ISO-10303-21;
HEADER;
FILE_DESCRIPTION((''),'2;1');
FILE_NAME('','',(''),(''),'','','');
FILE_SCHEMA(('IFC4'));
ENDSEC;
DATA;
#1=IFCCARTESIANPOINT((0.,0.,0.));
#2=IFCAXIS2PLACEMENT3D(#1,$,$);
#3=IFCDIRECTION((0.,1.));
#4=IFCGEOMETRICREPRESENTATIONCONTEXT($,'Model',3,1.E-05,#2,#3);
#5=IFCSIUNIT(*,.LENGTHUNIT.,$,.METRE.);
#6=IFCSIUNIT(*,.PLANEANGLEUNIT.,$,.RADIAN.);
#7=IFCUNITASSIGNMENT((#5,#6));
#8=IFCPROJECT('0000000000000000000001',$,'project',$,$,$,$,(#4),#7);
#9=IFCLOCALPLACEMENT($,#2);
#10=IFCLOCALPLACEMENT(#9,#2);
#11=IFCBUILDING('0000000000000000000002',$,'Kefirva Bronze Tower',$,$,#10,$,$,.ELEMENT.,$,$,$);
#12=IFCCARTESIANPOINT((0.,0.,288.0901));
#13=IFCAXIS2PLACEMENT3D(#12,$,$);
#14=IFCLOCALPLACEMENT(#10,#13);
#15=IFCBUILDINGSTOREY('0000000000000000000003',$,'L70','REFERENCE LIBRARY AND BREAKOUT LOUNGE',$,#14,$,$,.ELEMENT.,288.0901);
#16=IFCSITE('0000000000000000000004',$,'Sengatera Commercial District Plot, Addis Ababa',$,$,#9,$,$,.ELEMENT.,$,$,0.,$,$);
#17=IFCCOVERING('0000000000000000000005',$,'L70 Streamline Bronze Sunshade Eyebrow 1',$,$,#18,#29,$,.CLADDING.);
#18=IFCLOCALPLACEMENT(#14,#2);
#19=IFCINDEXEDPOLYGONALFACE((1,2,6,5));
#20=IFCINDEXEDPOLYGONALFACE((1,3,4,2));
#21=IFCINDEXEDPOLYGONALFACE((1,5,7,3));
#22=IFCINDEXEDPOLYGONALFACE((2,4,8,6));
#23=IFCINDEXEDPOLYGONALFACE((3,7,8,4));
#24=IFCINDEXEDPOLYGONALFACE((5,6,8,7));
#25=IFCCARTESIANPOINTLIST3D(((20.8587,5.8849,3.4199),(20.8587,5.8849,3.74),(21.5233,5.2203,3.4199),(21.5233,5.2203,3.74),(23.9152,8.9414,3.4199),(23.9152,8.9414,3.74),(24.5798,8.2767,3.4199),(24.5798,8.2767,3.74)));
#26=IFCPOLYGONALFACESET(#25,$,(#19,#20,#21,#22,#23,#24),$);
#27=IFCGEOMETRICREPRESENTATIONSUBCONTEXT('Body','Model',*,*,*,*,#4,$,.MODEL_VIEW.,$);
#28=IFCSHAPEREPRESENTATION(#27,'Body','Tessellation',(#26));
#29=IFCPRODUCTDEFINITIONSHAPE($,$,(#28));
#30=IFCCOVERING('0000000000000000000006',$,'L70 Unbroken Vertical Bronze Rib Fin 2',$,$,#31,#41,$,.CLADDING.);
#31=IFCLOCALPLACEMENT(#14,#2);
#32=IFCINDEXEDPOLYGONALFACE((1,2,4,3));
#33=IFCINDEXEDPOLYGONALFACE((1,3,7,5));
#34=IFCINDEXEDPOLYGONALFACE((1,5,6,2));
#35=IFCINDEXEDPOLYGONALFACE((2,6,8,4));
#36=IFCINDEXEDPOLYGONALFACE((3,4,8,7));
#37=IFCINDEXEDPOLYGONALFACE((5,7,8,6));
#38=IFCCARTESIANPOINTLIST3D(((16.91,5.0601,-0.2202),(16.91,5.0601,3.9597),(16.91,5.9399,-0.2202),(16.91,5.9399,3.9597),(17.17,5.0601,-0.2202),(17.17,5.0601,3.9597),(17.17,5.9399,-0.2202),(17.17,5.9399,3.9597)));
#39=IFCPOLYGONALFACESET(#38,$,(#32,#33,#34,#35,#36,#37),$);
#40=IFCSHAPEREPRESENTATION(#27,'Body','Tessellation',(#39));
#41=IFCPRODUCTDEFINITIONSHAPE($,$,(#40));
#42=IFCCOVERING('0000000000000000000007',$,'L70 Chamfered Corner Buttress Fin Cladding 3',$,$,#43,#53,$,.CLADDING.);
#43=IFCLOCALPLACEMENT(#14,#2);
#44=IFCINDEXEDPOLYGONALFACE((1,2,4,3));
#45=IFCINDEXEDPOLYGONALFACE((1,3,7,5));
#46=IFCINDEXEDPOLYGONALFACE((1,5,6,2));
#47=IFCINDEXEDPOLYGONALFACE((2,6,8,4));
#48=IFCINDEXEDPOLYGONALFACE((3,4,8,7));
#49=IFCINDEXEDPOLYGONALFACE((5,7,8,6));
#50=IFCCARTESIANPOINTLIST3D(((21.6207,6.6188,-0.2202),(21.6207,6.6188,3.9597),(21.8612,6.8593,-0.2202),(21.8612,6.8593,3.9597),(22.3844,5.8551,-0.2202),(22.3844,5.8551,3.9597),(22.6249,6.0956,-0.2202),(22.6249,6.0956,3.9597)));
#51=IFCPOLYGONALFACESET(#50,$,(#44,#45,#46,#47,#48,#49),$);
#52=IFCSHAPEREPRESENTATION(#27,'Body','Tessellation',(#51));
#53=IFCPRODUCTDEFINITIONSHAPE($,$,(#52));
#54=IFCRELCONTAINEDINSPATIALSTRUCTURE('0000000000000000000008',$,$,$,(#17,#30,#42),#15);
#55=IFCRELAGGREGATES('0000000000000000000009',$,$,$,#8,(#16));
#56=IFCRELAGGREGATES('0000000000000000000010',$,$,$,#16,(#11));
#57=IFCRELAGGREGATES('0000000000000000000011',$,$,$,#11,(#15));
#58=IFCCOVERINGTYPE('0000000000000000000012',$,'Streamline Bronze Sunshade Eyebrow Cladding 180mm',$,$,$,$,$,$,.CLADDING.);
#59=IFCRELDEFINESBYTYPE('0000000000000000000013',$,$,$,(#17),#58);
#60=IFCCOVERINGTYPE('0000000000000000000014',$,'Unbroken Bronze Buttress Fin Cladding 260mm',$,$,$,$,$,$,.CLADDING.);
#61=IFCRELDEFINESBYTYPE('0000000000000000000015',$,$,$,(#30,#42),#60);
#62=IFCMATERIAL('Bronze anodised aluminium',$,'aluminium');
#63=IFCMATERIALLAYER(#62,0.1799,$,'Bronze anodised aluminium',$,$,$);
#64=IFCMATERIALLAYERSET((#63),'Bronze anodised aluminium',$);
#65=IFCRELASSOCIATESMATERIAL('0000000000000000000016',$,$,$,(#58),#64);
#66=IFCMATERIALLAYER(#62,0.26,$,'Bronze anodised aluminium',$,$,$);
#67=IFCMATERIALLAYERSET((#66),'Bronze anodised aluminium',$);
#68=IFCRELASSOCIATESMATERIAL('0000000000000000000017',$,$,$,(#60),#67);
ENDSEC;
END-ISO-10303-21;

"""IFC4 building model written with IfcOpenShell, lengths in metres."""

from ifc_helpers import new_model, si_unit, direction, frame, origin, origin_2d, place, context, subcontext, project, spatial, rectangle, extrude, material, layer, layer_set, type_object, element, save


model = new_model("IFC4")

# Units and contexts
model_context = context("Model", 3, precision=1e-05, world=origin(), true_north=direction((0.0, 1.0)))
body_context = subcontext(model_context, "Body", "Model", "MODEL_VIEW")
ifc_project = project(units=[si_unit("LENGTHUNIT", "METRE"), si_unit("PLANEANGLEUNIT", "RADIAN")], contexts=[model_context])

# Site, building, storey
site_placement = place(None, origin())
site = spatial("IfcSite", under=ifc_project, at=site_placement, Name="Sengatera Commercial District Plot, Addis Ababa", CompositionType="ELEMENT", RefElevation=0.0)
building_placement = place(site_placement, origin())
building = spatial("IfcBuilding", under=site, at=building_placement, Name="Kefirva Bronze Tower", CompositionType="ELEMENT")
storey_placement = place(building_placement, frame((0.0, 0.0, 288.0901)))
storey = spatial("IfcBuildingStorey", under=building, at=storey_placement, Name="L70", Description="REFERENCE LIBRARY AND BREAKOUT LOUNGE", CompositionType="ELEMENT", Elevation=288.0901)

# Shared definitions
ifc_material_1 = material(Name="Bronze anodised aluminium", Category="aluminium")

# Coverings
ifc_layer_1 = layer(ifc_material_1, 0.1799, Name="Bronze anodised aluminium")
ifc_layer_set_1 = layer_set([ifc_layer_1], Name="Bronze anodised aluminium")
covering_type_1 = type_object("IfcCoveringType", Name="Streamline Bronze Sunshade Eyebrow Cladding 180mm", PredefinedType="CLADDING", material=ifc_layer_set_1)
covering_1_placement = place(storey_placement, frame((22.7192, 7.0808, 3.4199), z_axis=(0.0, 0.0, 1.0), x_axis=(0.707107, 0.707107, 0.0)))
element("IfcCovering", 1, at=covering_1_placement, inside=storey, type_object=covering_type_1, Name="L70 Streamline Bronze Sunshade Eyebrow 1", PredefinedType="CLADDING", context=body_context, shape_type="SweptSolid", body=[
    extrude(rectangle(XDim=4.3225, YDim=0.9399, at=origin_2d()), origin(), (0.0, 0.0, 1.0), 0.3201),
])
ifc_layer_2 = layer(ifc_material_1, 0.26, Name="Bronze anodised aluminium")
ifc_layer_set_2 = layer_set([ifc_layer_2], Name="Bronze anodised aluminium")
covering_type_2 = type_object("IfcCoveringType", Name="Unbroken Bronze Buttress Fin Cladding 260mm", PredefinedType="CLADDING", material=ifc_layer_set_2)
covering_2_placement = place(storey_placement, frame((17.04, 5.5, -0.2202), z_axis=(0.0, 0.0, 1.0), x_axis=(1.0, 0.0, 0.0)))
element("IfcCovering", 2, at=covering_2_placement, inside=storey, type_object=covering_type_2, Name="L70 Unbroken Vertical Bronze Rib Fin 2", PredefinedType="CLADDING", context=body_context, shape_type="SweptSolid", body=[
    extrude(rectangle(XDim=0.26, YDim=0.8799, at=origin_2d()), origin(), (0.0, 0.0, 1.0), 4.1799),
])
covering_3_placement = place(storey_placement, frame((22.1228, 6.3572, -0.2202), z_axis=(0.0, 0.0, 1.0), x_axis=(0.707107, 0.707107, 0.0)))
element("IfcCovering", 3, at=covering_3_placement, inside=storey, type_object=covering_type_2, Name="L70 Chamfered Corner Buttress Fin Cladding 3", PredefinedType="CLADDING", context=body_context, shape_type="SweptSolid", body=[
    extrude(rectangle(XDim=0.3401, YDim=1.0801, at=origin_2d()), origin(), (0.0, 0.0, 1.0), 4.1799),
])

save(model, "model.ifc")
